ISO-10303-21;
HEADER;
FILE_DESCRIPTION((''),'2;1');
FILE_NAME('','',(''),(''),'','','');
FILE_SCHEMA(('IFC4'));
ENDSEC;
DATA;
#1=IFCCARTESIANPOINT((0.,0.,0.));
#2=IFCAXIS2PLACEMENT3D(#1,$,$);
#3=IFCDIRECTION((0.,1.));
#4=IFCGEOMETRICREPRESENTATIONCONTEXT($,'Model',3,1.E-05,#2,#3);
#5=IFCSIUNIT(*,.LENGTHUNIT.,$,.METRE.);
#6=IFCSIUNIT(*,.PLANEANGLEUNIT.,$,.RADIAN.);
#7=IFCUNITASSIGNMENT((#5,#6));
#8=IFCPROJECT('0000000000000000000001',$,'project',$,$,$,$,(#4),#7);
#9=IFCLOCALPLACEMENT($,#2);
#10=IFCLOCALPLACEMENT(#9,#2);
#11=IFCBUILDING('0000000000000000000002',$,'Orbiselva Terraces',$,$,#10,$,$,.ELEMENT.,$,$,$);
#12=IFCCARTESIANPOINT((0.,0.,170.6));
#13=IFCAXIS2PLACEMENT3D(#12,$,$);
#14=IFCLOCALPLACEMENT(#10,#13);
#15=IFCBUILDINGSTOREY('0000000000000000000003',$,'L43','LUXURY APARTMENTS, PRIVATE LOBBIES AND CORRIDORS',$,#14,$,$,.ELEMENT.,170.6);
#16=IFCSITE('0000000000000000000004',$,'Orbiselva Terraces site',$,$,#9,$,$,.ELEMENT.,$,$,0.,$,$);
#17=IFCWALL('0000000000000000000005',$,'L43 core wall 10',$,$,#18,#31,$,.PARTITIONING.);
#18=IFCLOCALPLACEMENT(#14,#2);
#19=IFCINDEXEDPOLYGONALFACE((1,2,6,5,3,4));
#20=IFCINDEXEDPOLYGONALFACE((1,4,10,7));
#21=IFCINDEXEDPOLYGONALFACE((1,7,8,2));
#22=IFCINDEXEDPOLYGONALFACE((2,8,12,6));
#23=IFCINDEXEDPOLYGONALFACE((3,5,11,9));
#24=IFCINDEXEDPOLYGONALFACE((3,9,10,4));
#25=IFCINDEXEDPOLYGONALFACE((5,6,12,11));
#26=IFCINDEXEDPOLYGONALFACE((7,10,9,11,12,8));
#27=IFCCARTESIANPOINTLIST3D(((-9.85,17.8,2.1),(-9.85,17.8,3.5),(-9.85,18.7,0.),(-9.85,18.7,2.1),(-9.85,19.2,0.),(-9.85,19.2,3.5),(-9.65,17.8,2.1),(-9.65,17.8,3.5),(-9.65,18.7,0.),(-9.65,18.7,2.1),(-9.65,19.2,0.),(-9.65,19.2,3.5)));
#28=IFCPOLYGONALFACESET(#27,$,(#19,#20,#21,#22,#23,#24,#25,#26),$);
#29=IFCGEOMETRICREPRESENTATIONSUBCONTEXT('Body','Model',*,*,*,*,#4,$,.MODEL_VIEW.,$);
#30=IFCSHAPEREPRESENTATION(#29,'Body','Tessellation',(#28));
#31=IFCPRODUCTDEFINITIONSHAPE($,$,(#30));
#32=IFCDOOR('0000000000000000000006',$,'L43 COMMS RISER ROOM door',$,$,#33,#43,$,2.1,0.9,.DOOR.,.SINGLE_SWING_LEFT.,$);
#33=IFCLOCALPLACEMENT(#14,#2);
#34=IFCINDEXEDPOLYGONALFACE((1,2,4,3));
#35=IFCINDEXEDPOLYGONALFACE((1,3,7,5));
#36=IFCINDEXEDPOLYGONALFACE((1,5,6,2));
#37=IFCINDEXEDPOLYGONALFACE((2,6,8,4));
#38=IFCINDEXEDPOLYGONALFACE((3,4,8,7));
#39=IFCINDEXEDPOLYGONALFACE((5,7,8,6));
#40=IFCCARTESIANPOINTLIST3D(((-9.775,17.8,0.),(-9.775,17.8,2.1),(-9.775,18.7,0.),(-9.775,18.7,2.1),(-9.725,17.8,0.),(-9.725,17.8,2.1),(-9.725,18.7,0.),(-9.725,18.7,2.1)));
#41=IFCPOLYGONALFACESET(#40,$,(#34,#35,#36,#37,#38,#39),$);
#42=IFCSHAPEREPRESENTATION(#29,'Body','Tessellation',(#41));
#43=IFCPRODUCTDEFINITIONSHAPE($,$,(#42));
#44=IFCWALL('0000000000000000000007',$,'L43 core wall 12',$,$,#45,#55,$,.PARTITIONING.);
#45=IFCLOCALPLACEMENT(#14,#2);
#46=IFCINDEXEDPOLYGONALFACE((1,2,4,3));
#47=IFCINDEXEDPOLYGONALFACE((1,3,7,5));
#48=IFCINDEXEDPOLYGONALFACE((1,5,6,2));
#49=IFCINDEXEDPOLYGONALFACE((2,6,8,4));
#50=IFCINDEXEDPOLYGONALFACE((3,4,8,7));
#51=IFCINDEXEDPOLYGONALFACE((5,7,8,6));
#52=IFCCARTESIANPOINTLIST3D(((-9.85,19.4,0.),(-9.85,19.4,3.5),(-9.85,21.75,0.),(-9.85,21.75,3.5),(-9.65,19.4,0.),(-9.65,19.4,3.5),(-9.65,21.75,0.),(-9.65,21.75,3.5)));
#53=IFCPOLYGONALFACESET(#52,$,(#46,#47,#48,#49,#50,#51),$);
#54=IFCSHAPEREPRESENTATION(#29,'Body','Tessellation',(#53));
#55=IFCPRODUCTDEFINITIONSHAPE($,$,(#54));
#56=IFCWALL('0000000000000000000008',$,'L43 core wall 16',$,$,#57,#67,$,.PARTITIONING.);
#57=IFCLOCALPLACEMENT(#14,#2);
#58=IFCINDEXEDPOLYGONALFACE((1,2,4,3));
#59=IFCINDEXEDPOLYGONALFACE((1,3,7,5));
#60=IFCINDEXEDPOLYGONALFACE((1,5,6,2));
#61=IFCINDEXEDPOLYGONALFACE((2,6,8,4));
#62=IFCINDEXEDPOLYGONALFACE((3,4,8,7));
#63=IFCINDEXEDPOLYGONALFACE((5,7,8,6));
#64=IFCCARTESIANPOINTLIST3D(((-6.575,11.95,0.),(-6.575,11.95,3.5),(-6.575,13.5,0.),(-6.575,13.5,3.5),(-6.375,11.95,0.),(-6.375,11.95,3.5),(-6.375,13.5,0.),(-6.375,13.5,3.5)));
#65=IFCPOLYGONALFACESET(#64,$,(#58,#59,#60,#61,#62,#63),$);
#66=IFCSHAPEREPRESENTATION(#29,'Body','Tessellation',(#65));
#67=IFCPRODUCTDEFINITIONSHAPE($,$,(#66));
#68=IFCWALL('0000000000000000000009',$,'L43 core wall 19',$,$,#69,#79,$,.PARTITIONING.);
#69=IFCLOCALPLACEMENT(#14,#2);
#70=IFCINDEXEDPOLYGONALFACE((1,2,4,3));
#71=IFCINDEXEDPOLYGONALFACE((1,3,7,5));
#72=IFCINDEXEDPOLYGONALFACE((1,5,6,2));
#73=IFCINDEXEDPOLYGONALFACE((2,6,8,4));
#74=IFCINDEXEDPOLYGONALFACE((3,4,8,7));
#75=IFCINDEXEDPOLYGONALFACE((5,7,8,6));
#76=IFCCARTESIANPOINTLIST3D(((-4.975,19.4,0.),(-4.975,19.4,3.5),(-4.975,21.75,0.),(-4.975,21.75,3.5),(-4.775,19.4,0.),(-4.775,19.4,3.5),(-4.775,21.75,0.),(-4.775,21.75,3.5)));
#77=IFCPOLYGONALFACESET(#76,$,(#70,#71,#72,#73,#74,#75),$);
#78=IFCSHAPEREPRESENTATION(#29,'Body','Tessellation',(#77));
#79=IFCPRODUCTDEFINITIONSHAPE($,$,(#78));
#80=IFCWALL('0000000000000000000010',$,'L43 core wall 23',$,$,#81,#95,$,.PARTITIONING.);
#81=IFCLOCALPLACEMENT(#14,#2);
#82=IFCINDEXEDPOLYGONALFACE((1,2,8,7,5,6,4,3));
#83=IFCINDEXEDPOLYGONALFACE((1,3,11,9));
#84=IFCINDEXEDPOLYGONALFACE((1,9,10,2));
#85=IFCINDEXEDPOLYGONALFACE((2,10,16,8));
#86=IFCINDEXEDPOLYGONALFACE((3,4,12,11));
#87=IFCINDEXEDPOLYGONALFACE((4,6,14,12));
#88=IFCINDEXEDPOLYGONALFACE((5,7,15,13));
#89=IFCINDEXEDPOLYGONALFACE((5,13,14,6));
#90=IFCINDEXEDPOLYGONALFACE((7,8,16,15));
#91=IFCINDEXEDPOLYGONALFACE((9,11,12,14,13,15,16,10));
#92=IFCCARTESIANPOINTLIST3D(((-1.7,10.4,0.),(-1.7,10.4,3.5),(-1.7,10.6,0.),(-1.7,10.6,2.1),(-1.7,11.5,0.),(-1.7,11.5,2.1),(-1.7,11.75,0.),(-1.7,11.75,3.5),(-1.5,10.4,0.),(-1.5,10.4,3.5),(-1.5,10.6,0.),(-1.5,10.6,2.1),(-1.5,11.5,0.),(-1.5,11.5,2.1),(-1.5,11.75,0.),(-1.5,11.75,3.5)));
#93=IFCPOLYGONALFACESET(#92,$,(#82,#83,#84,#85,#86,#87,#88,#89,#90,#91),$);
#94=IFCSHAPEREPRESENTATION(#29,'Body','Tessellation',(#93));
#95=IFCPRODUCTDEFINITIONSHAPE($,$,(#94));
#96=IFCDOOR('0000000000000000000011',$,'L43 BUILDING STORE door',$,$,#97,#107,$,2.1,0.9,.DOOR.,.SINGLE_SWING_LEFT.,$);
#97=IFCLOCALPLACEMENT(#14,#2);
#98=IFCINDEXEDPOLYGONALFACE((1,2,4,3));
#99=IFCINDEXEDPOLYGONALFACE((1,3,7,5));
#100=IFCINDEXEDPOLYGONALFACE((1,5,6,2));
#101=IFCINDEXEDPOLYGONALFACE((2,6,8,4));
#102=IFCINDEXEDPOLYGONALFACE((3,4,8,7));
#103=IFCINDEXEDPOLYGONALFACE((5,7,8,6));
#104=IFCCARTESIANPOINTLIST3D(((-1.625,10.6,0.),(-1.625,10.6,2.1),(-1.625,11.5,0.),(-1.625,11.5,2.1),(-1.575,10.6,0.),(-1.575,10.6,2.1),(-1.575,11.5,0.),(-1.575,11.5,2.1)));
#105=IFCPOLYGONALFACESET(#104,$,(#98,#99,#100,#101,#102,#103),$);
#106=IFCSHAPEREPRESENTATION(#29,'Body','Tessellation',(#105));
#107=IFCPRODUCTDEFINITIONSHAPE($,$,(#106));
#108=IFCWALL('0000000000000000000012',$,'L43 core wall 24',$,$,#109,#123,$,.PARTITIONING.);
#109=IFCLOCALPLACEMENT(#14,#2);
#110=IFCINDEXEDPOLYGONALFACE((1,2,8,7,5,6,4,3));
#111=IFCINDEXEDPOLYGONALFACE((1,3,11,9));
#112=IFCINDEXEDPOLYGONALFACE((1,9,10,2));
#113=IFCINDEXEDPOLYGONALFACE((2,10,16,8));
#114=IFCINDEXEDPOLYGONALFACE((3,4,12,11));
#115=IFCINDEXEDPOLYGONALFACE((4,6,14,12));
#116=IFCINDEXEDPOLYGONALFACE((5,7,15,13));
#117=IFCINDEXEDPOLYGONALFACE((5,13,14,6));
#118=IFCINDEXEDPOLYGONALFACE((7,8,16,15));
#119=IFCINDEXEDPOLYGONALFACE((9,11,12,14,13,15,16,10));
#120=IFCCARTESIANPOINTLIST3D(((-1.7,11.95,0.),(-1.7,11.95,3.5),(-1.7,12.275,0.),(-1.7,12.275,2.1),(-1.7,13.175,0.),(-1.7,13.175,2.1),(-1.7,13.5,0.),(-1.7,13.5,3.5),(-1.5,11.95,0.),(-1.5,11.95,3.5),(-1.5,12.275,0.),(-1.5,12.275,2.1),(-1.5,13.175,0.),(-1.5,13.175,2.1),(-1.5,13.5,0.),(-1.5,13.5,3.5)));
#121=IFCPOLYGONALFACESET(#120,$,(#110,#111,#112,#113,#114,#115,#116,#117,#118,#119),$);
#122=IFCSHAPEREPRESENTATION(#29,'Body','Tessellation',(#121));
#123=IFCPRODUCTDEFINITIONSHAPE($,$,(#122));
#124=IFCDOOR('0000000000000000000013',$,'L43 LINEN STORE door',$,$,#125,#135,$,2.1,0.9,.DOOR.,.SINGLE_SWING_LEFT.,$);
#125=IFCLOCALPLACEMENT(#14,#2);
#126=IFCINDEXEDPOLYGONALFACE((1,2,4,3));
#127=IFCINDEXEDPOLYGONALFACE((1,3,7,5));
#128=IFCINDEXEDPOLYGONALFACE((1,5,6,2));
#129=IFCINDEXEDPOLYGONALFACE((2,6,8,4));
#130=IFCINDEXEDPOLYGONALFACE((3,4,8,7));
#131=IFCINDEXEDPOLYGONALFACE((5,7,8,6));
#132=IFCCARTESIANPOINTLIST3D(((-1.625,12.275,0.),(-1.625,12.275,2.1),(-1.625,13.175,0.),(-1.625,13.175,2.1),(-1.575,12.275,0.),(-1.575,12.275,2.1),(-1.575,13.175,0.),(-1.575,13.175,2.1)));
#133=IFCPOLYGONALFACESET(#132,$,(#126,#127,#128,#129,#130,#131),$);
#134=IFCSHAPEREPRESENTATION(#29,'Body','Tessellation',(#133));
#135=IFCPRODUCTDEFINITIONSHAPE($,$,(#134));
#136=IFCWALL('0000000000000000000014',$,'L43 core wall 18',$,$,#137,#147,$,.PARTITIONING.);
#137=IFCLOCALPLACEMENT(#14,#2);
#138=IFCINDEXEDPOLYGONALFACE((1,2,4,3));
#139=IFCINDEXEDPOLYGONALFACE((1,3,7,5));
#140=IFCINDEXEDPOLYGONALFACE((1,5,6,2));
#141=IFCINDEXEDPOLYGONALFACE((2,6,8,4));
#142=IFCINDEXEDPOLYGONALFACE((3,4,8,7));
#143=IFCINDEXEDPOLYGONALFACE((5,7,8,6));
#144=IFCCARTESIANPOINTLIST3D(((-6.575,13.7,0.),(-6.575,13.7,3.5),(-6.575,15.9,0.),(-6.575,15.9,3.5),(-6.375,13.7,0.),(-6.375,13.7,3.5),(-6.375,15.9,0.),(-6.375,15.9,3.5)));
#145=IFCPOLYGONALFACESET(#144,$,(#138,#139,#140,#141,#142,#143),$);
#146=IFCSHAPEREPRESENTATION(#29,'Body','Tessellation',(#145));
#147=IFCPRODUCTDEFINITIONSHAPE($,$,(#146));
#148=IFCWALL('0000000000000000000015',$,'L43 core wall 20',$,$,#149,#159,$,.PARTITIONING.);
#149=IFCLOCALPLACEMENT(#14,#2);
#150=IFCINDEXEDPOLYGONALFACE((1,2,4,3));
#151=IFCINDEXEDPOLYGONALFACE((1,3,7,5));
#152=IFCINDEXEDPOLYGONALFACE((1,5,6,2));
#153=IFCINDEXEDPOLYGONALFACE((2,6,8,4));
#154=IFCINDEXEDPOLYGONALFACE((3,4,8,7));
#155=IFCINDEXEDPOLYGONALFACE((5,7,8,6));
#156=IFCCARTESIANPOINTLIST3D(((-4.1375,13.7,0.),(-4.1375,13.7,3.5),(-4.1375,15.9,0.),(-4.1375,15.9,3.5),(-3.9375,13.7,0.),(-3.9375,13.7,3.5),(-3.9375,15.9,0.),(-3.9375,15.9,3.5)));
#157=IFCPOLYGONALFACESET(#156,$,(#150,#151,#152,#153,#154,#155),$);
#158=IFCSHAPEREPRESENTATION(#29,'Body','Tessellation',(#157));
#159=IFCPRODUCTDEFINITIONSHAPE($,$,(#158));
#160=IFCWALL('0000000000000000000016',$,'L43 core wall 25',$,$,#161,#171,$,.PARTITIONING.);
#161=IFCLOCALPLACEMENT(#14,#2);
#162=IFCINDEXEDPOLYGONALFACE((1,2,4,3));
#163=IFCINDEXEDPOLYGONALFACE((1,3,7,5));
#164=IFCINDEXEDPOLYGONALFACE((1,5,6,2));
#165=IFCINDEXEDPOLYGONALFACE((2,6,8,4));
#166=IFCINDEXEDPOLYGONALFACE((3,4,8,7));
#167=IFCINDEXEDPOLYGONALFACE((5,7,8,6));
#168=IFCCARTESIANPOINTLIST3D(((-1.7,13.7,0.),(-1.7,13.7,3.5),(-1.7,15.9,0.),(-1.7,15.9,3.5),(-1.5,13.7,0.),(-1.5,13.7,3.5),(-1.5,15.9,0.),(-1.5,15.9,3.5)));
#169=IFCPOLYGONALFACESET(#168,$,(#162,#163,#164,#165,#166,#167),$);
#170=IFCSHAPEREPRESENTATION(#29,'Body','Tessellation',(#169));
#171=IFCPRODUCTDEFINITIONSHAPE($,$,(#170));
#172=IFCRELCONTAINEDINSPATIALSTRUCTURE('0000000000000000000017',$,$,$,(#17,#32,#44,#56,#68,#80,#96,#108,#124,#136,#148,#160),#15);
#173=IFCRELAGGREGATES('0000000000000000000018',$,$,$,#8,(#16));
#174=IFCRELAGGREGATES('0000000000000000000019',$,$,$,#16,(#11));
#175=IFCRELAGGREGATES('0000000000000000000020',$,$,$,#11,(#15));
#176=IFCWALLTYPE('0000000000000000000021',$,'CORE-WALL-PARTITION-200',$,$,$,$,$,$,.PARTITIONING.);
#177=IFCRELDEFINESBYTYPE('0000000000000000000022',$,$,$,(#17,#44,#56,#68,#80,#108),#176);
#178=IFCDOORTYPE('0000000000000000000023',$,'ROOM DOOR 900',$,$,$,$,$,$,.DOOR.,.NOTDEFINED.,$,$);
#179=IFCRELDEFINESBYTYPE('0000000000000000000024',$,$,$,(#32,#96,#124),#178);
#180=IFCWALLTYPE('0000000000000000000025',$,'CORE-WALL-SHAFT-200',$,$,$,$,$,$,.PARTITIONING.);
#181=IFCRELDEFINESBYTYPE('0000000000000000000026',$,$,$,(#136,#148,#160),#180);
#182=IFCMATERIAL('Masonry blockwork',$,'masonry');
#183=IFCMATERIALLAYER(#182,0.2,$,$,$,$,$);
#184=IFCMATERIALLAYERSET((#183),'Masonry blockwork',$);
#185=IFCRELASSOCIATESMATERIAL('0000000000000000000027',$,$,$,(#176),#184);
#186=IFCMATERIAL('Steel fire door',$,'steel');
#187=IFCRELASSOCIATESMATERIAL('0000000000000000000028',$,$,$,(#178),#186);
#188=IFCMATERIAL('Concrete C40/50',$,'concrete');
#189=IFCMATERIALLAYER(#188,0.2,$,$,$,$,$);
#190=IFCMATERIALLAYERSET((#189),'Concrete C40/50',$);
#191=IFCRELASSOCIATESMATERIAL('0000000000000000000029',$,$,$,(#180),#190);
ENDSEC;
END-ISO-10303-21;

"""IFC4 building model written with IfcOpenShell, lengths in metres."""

from ifc_helpers import new_model, si_unit, direction, frame, frame_2d, origin, place, context, subcontext, project, spatial, rectangle, extrude, material, layer, layer_set, type_object, element, fill, save


model = new_model("IFC4")

# Units and contexts
model_context = context("Model", 3, precision=1e-05, world=origin(), true_north=direction((0.0, 1.0)))
body_context = subcontext(model_context, "Body", "Model", "MODEL_VIEW")
ifc_project = project(units=[si_unit("LENGTHUNIT", "METRE"), si_unit("PLANEANGLEUNIT", "RADIAN")], contexts=[model_context])

# Site, building, storey
site_placement = place(None, origin())
site = spatial("IfcSite", under=ifc_project, at=site_placement, Name="Orbiselva Terraces site", CompositionType="ELEMENT", RefElevation=0.0)
building_placement = place(site_placement, origin())
building = spatial("IfcBuilding", under=site, at=building_placement, Name="Orbiselva Terraces", CompositionType="ELEMENT")
storey_placement = place(building_placement, frame((0.0, 0.0, 170.6)))
storey = spatial("IfcBuildingStorey", under=building, at=storey_placement, Name="L43", Description="LUXURY APARTMENTS, PRIVATE LOBBIES AND CORRIDORS", CompositionType="ELEMENT", Elevation=170.6)

# Wall, opening, door
ifc_material_1 = material(Name="Masonry blockwork", Category="masonry")
ifc_layer_1 = layer(ifc_material_1, 0.2)
ifc_layer_set_1 = layer_set([ifc_layer_1], Name="Masonry blockwork")
wall_type_1 = type_object("IfcWallType", Name="CORE-WALL-PARTITION-200", PredefinedType="PARTITIONING", material=ifc_layer_set_1)
wall_1_placement = place(storey_placement, frame((-9.75, 17.8, 0.0), z_axis=(0.0, 0.0, 1.0), x_axis=(0.0, 1.0, 0.0)))
wall_1 = element("IfcWall", 1, at=wall_1_placement, inside=storey, type_object=wall_type_1, Name="L43 core wall 10", PredefinedType="PARTITIONING", context=body_context, shape_type="SweptSolid", body=[
    extrude(rectangle(XDim=1.4, YDim=0.2, at=frame_2d((0.7, 0.0))), origin(), (0.0, 0.0, 1.0), 3.5),
])
opening_1_placement = place(wall_1_placement, origin())
opening_1 = element("IfcOpeningElement", 2, at=opening_1_placement, cuts=wall_1, PredefinedType="OPENING", context=body_context, shape_type="SweptSolid", body=[
    extrude(rectangle(XDim=0.9, YDim=2.1, at=frame_2d((0.45, 1.05))), frame((0.0, 0.11, 0.0), z_axis=(0.0, -1.0, 0.0), x_axis=(1.0, 0.0, 0.0)), (0.0, 0.0, 1.0), 0.22),
])
ifc_material_2 = material(Name="Steel fire door", Category="steel")
door_type_1 = type_object("IfcDoorType", Name="ROOM DOOR 900", OperationType="NOTDEFINED", PredefinedType="DOOR", material=ifc_material_2)
door_1_placement = place(opening_1_placement, origin())
door_1 = element("IfcDoor", 3, at=door_1_placement, inside=storey, type_object=door_type_1, Name="L43 COMMS RISER ROOM door", OperationType="SINGLE_SWING_LEFT", OverallHeight=2.1, OverallWidth=0.9, PredefinedType="DOOR", context=body_context, shape_type="SweptSolid", body=[
    extrude(rectangle(XDim=0.9, YDim=2.1, at=frame_2d((0.45, 1.05))), frame((0.0, 0.025, 0.0), z_axis=(0.0, -1.0, 0.0), x_axis=(1.0, 0.0, 0.0)), (0.0, 0.0, 1.0), 0.05),
])
fill(opening_1, door_1)

# Walls
wall_2_placement = place(storey_placement, frame((-9.75, 19.4, 0.0), z_axis=(0.0, 0.0, 1.0), x_axis=(0.0, 1.0, 0.0)))
element("IfcWall", 4, at=wall_2_placement, inside=storey, type_object=wall_type_1, Name="L43 core wall 12", PredefinedType="PARTITIONING", context=body_context, shape_type="SweptSolid", body=[
    extrude(rectangle(XDim=2.35, YDim=0.2, at=frame_2d((1.175, 0.0))), origin(), (0.0, 0.0, 1.0), 3.5),
])
wall_3_placement = place(storey_placement, frame((-6.475, 11.95, 0.0), z_axis=(0.0, 0.0, 1.0), x_axis=(0.0, 1.0, 0.0)))
element("IfcWall", 5, at=wall_3_placement, inside=storey, type_object=wall_type_1, Name="L43 core wall 16", PredefinedType="PARTITIONING", context=body_context, shape_type="SweptSolid", body=[
    extrude(rectangle(XDim=1.55, YDim=0.2, at=frame_2d((0.775, 0.0))), origin(), (0.0, 0.0, 1.0), 3.5),
])
wall_4_placement = place(storey_placement, frame((-4.875, 19.4, 0.0), z_axis=(0.0, 0.0, 1.0), x_axis=(0.0, 1.0, 0.0)))
element("IfcWall", 6, at=wall_4_placement, inside=storey, type_object=wall_type_1, Name="L43 core wall 19", PredefinedType="PARTITIONING", context=body_context, shape_type="SweptSolid", body=[
    extrude(rectangle(XDim=2.35, YDim=0.2, at=frame_2d((1.175, 0.0))), origin(), (0.0, 0.0, 1.0), 3.5),
])

# Walls, openings, doors
wall_5_placement = place(storey_placement, frame((-1.6, 10.4, 0.0), z_axis=(0.0, 0.0, 1.0), x_axis=(0.0, 1.0, 0.0)))
wall_5 = element("IfcWall", 7, at=wall_5_placement, inside=storey, type_object=wall_type_1, Name="L43 core wall 23", PredefinedType="PARTITIONING", context=body_context, shape_type="SweptSolid", body=[
    extrude(rectangle(XDim=1.35, YDim=0.2, at=frame_2d((0.675, 0.0))), origin(), (0.0, 0.0, 1.0), 3.5),
])
opening_2_placement = place(wall_5_placement, frame((0.2, 0.0, 0.0)))
opening_2 = element("IfcOpeningElement", 8, at=opening_2_placement, cuts=wall_5, PredefinedType="OPENING", context=body_context, shape_type="SweptSolid", body=[
    extrude(rectangle(XDim=0.9, YDim=2.1, at=frame_2d((0.45, 1.05))), frame((0.0, 0.11, 0.0), z_axis=(0.0, -1.0, 0.0), x_axis=(1.0, 0.0, 0.0)), (0.0, 0.0, 1.0), 0.22),
])
door_2_placement = place(opening_2_placement, origin())
door_2 = element("IfcDoor", 9, at=door_2_placement, inside=storey, type_object=door_type_1, Name="L43 BUILDING STORE door", OperationType="SINGLE_SWING_LEFT", OverallHeight=2.1, OverallWidth=0.9, PredefinedType="DOOR", context=body_context, shape_type="SweptSolid", body=[
    extrude(rectangle(XDim=0.9, YDim=2.1, at=frame_2d((0.45, 1.05))), frame((0.0, 0.025, 0.0), z_axis=(0.0, -1.0, 0.0), x_axis=(1.0, 0.0, 0.0)), (0.0, 0.0, 1.0), 0.05),
])
fill(opening_2, door_2)
wall_6_placement = place(storey_placement, frame((-1.6, 11.95, 0.0), z_axis=(0.0, 0.0, 1.0), x_axis=(0.0, 1.0, 0.0)))
wall_6 = element("IfcWall", 10, at=wall_6_placement, inside=storey, type_object=wall_type_1, Name="L43 core wall 24", PredefinedType="PARTITIONING", context=body_context, shape_type="SweptSolid", body=[
    extrude(rectangle(XDim=1.55, YDim=0.2, at=frame_2d((0.775, 0.0))), origin(), (0.0, 0.0, 1.0), 3.5),
])
opening_3_placement = place(wall_6_placement, frame((0.325, 0.0, 0.0)))
opening_3 = element("IfcOpeningElement", 11, at=opening_3_placement, cuts=wall_6, PredefinedType="OPENING", context=body_context, shape_type="SweptSolid", body=[
    extrude(rectangle(XDim=0.9, YDim=2.1, at=frame_2d((0.45, 1.05))), frame((0.0, 0.11, 0.0), z_axis=(0.0, -1.0, 0.0), x_axis=(1.0, 0.0, 0.0)), (0.0, 0.0, 1.0), 0.22),
])
door_3_placement = place(opening_3_placement, origin())
door_3 = element("IfcDoor", 12, at=door_3_placement, inside=storey, type_object=door_type_1, Name="L43 LINEN STORE door", OperationType="SINGLE_SWING_LEFT", OverallHeight=2.1, OverallWidth=0.9, PredefinedType="DOOR", context=body_context, shape_type="SweptSolid", body=[
    extrude(rectangle(XDim=0.9, YDim=2.1, at=frame_2d((0.45, 1.05))), frame((0.0, 0.025, 0.0), z_axis=(0.0, -1.0, 0.0), x_axis=(1.0, 0.0, 0.0)), (0.0, 0.0, 1.0), 0.05),
])
fill(opening_3, door_3)

# Walls
ifc_material_3 = material(Name="Concrete C40/50", Category="concrete")
ifc_layer_2 = layer(ifc_material_3, 0.2)
ifc_layer_set_2 = layer_set([ifc_layer_2], Name="Concrete C40/50")
wall_type_2 = type_object("IfcWallType", Name="CORE-WALL-SHAFT-200", PredefinedType="PARTITIONING", material=ifc_layer_set_2)
for number, where, z_axis, x_axis, name in (
    (13, (-6.475, 13.7, 0.0), (0.0, 0.0, 1.0), (0.0, 1.0, 0.0), "L43 core wall 18"),
    (14, (-4.0375, 13.7, 0.0), (0.0, 0.0, 1.0), (0.0, 1.0, 0.0), "L43 core wall 20"),
    (15, (-1.6, 13.7, 0.0), (0.0, 0.0, 1.0), (0.0, 1.0, 0.0), "L43 core wall 25"),
):
    element("IfcWall", number, at=place(storey_placement, frame(where, z_axis=z_axis, x_axis=x_axis)), inside=storey, type_object=wall_type_2, Name=name, PredefinedType="PARTITIONING", context=body_context, shape_type="SweptSolid", body=[
        extrude(rectangle(XDim=2.2, YDim=0.2, at=frame_2d((1.1, 0.0))), origin(), (0.0, 0.0, 1.0), 3.5),
    ])

save(model, "model.ifc")
